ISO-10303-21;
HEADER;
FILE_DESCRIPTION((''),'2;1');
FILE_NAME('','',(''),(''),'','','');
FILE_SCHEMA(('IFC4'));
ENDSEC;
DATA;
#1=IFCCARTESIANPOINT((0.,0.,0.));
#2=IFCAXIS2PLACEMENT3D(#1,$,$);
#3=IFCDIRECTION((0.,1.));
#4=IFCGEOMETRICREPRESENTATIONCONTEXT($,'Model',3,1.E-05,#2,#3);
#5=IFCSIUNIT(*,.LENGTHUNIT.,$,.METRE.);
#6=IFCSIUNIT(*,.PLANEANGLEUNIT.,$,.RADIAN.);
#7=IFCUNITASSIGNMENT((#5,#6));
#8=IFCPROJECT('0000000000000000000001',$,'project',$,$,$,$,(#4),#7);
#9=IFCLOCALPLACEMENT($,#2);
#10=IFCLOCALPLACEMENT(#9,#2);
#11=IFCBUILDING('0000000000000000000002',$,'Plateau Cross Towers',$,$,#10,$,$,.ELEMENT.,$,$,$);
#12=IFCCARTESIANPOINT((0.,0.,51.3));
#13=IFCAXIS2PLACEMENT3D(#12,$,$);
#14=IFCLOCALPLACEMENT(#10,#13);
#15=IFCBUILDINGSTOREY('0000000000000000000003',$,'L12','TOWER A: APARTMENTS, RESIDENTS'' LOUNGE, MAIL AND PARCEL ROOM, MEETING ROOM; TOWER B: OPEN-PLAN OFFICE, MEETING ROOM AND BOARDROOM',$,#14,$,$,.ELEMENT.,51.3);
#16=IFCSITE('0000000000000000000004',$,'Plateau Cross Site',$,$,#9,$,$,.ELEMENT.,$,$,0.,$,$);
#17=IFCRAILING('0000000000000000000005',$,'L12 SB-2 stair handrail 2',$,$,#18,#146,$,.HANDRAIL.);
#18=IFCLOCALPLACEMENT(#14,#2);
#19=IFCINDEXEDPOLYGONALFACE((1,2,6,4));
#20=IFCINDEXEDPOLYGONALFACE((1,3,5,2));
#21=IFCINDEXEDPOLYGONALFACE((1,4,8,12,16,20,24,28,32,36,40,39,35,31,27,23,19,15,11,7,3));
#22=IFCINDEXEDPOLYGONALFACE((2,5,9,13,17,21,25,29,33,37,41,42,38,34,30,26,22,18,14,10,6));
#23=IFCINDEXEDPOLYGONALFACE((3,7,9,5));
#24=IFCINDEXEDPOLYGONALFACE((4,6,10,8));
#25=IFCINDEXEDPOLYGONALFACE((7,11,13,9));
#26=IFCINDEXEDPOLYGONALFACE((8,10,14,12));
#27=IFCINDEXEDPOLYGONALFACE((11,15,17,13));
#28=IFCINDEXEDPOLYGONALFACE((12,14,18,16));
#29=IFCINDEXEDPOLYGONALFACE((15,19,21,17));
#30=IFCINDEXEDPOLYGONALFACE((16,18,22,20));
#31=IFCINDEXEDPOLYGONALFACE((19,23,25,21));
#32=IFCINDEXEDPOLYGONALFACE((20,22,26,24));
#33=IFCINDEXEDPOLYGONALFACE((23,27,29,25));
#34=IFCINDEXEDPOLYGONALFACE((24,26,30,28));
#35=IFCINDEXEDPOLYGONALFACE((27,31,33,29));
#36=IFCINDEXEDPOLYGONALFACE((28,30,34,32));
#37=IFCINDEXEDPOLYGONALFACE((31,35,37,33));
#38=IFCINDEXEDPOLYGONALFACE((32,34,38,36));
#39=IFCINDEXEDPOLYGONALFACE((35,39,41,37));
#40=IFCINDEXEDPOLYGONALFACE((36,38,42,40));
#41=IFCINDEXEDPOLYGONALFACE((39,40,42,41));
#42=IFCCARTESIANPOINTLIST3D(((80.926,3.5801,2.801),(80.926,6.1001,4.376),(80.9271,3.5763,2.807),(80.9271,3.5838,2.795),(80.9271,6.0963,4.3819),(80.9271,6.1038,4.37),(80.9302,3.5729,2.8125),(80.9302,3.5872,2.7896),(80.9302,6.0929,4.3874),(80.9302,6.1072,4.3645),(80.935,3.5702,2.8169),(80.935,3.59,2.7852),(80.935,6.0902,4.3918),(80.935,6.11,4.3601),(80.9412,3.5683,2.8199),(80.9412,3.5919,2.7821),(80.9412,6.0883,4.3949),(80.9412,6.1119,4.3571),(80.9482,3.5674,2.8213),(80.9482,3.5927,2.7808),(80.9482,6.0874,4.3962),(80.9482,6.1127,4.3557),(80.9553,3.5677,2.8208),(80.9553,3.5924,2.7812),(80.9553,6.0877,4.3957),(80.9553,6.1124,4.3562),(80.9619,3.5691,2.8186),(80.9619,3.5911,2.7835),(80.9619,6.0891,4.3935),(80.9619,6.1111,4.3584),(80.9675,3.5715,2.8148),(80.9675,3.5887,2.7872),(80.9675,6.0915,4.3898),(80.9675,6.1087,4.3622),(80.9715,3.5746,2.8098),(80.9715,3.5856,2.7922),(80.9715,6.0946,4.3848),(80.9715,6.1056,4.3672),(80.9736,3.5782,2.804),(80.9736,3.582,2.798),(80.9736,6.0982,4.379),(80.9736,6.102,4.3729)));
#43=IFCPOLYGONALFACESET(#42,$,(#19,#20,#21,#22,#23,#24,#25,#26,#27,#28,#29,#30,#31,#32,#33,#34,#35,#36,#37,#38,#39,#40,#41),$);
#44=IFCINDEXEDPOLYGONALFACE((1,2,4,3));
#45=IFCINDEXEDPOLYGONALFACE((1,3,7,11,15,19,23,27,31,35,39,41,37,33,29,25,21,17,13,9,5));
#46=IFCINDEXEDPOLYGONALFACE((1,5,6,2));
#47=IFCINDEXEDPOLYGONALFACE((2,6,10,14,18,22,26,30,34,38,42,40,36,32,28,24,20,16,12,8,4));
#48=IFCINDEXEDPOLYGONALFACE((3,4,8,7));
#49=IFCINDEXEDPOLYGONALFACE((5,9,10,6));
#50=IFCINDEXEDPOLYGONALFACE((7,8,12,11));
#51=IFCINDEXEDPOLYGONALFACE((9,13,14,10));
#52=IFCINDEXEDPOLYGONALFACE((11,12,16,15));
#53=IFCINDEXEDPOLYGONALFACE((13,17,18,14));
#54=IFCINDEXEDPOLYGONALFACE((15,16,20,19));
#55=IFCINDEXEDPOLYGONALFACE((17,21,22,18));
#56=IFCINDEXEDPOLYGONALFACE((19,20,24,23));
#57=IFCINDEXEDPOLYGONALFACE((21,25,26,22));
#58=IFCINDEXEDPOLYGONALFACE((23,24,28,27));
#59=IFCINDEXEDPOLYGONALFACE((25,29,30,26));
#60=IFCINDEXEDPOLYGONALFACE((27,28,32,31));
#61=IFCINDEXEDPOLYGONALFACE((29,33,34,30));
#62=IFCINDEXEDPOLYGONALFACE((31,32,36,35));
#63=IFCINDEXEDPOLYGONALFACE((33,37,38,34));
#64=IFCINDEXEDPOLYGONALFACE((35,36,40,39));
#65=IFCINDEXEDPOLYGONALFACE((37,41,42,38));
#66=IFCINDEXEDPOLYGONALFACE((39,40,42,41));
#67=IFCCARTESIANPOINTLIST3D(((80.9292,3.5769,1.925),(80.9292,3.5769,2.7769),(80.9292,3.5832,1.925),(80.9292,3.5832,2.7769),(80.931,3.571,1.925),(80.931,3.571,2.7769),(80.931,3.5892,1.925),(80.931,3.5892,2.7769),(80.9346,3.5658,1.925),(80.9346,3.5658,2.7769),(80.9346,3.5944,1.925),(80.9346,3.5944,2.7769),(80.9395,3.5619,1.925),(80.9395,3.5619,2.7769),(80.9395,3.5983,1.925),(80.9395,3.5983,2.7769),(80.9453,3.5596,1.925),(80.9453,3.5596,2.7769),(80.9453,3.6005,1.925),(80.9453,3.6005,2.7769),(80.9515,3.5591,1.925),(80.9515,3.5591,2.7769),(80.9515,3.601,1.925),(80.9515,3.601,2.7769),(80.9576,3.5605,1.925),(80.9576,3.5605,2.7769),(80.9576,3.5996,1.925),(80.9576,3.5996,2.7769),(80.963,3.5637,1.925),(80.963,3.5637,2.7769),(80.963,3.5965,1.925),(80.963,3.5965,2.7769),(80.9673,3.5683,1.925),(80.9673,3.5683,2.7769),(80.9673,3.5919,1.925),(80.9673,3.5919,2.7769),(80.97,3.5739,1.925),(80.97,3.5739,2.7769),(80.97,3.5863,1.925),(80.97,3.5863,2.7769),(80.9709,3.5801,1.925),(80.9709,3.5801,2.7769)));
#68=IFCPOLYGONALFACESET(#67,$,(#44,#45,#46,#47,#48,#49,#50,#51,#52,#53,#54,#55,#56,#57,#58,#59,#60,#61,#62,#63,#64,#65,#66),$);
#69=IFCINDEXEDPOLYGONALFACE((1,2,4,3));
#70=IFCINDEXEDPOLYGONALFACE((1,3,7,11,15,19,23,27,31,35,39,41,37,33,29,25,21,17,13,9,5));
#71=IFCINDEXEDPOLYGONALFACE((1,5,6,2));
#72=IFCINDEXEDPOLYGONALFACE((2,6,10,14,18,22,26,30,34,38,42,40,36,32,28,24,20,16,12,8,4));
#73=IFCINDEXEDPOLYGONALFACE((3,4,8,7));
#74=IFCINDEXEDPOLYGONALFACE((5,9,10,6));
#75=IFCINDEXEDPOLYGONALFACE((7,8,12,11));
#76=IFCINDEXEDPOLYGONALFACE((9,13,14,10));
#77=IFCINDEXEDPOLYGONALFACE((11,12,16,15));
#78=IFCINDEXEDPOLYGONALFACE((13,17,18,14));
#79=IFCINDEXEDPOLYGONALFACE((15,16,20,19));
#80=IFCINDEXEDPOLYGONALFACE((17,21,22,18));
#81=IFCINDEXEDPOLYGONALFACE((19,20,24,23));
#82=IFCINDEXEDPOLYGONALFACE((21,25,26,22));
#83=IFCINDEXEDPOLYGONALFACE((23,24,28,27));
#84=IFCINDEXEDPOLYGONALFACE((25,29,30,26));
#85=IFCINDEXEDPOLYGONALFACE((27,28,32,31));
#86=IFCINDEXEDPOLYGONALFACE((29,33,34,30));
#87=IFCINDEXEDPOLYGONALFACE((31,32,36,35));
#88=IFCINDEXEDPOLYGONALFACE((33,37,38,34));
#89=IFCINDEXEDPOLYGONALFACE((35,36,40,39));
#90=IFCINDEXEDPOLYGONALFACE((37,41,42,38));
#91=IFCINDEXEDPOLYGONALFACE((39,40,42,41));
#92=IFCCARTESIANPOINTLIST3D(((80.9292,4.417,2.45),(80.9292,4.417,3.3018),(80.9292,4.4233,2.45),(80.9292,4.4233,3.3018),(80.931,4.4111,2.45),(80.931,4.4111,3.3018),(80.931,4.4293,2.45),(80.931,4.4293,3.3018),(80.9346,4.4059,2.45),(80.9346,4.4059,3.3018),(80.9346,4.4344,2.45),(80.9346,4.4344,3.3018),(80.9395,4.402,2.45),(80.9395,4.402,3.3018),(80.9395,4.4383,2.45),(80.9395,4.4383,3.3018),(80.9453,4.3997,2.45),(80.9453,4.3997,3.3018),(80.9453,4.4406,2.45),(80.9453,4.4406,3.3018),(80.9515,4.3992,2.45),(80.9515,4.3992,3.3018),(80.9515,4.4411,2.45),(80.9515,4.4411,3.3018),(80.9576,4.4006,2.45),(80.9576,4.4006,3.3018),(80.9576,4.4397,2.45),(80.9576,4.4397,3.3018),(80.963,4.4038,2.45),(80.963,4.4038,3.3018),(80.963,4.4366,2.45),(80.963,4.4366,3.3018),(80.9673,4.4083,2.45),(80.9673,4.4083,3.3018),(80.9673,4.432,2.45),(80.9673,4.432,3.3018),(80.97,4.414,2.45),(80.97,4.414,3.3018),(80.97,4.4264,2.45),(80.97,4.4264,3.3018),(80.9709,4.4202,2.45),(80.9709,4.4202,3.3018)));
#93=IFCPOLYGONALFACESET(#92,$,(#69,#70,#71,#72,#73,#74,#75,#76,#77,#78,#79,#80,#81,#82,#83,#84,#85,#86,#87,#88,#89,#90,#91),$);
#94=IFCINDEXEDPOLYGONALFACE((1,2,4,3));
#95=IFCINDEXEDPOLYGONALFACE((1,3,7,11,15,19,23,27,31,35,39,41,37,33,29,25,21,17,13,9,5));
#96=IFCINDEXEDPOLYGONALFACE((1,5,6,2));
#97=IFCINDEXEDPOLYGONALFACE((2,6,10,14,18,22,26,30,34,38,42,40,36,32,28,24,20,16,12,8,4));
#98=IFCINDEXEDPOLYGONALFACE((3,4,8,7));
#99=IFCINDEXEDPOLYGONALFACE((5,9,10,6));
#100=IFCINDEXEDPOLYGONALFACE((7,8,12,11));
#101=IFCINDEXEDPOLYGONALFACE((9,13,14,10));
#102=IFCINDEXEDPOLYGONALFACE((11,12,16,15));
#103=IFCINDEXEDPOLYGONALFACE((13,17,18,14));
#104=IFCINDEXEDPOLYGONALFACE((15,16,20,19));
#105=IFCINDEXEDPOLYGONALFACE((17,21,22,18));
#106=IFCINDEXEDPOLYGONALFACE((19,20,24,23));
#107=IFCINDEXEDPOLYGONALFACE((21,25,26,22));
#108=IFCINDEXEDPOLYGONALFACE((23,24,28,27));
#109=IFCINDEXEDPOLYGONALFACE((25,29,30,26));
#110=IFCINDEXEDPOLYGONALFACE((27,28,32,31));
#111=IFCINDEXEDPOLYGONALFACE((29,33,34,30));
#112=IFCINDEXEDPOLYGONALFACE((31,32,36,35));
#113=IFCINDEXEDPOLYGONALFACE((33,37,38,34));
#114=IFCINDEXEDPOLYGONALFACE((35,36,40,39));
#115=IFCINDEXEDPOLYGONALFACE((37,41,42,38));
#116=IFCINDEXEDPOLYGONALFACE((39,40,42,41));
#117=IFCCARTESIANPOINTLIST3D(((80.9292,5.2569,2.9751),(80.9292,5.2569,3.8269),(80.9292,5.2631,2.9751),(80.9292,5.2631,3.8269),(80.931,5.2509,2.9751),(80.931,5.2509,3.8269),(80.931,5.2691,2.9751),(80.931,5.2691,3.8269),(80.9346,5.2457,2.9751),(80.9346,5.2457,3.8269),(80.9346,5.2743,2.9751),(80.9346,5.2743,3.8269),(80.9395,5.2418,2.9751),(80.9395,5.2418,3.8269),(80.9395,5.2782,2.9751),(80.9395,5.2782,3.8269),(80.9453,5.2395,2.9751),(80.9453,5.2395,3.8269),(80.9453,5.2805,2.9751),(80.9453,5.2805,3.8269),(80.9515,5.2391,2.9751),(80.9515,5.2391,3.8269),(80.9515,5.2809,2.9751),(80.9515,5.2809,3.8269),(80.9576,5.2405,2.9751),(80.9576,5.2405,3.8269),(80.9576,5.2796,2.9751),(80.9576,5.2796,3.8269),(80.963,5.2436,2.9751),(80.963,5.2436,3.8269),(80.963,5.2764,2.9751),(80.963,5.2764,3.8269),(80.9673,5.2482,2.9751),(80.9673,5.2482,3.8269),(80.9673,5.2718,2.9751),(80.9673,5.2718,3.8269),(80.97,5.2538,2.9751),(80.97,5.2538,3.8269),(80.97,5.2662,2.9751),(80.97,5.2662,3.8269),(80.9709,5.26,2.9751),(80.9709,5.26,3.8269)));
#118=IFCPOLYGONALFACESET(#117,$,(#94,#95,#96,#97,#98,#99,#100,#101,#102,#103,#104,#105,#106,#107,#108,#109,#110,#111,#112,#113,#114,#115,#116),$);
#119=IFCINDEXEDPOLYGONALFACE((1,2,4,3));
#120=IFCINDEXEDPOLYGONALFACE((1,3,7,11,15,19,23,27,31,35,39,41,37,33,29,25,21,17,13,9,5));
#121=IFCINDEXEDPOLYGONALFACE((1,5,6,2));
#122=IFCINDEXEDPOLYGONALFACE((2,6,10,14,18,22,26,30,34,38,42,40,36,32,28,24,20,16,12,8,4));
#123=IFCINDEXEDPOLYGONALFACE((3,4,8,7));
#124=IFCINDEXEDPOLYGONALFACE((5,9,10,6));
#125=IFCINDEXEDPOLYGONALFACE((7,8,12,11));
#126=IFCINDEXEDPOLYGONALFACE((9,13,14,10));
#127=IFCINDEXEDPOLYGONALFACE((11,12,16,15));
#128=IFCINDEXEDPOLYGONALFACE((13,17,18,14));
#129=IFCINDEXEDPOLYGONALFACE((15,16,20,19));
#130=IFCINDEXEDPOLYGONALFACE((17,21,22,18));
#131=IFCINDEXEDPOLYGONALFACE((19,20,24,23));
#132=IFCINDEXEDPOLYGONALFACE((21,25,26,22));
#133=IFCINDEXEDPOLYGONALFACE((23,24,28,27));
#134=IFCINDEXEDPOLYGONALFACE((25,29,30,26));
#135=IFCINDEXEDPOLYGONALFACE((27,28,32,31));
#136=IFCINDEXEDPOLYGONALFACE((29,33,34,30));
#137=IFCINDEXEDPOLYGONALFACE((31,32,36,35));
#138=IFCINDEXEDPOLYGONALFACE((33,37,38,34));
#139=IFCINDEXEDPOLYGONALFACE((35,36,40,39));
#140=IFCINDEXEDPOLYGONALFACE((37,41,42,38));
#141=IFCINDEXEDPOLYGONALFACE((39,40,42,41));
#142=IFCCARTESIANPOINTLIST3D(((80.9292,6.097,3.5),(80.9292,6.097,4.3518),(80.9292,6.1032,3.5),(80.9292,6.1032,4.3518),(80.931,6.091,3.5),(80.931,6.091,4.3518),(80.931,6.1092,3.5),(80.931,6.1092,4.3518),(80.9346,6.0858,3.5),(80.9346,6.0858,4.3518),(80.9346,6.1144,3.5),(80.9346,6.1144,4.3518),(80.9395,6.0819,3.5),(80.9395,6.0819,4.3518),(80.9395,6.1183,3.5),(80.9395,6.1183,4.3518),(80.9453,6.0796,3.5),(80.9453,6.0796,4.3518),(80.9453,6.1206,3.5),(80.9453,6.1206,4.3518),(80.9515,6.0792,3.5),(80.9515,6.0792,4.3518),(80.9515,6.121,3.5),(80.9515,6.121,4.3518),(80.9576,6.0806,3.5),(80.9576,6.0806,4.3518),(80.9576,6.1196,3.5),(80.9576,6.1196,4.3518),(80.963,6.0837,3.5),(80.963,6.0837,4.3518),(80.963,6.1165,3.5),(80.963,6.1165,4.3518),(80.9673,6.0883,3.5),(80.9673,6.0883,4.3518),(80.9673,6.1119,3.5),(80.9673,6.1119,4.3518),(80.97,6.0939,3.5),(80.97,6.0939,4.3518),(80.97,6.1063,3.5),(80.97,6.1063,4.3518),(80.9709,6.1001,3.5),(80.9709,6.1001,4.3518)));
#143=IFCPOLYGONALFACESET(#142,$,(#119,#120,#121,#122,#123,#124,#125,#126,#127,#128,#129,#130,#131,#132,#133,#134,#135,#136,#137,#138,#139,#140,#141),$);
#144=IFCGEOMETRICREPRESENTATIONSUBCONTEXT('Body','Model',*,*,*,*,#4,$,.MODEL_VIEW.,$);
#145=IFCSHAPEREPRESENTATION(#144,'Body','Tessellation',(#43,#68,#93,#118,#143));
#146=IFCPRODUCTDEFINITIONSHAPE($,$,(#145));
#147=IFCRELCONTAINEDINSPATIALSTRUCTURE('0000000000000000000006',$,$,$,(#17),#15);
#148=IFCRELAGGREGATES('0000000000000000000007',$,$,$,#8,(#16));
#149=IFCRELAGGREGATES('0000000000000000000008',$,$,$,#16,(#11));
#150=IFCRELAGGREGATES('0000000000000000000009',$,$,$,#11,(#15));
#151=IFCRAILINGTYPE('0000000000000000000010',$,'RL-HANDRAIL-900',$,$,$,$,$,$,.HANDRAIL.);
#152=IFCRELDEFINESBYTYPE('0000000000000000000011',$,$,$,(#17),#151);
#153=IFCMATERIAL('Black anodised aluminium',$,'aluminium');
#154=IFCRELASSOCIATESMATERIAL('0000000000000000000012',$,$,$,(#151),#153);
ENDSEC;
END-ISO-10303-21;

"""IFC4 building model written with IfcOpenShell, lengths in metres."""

from ifc_helpers import new_model, si_unit, direction, frame, origin, origin_2d, place, context, subcontext, project, spatial, circle, extrude, material, type_object, element, save


model = new_model("IFC4")

# Units and contexts
model_context = context("Model", 3, precision=1e-05, world=origin(), true_north=direction((0.0, 1.0)))
body_context = subcontext(model_context, "Body", "Model", "MODEL_VIEW")
ifc_project = project(units=[si_unit("LENGTHUNIT", "METRE"), si_unit("PLANEANGLEUNIT", "RADIAN")], contexts=[model_context])

# Site, building, storey
site_placement = place(None, origin())
site = spatial("IfcSite", under=ifc_project, at=site_placement, Name="Plateau Cross Site", CompositionType="ELEMENT", RefElevation=0.0)
building_placement = place(site_placement, origin())
building = spatial("IfcBuilding", under=site, at=building_placement, Name="Plateau Cross Towers", CompositionType="ELEMENT")
storey_placement = place(building_placement, frame((0.0, 0.0, 51.3)))
storey = spatial("IfcBuildingStorey", under=building, at=storey_placement, Name="L12", Description="TOWER A: APARTMENTS, RESIDENTS' LOUNGE, MAIL AND PARCEL ROOM, MEETING ROOM; TOWER B: OPEN-PLAN OFFICE, MEETING ROOM AND BOARDROOM", CompositionType="ELEMENT", Elevation=51.3)

# Shared definitions
ifc_material_1 = material(Name="Black anodised aluminium", Category="aluminium")

# Railing
railing_type_1 = type_object("IfcRailingType", Name="RL-HANDRAIL-900", PredefinedType="HANDRAIL", material=ifc_material_1)
railing_1_placement = place(storey_placement, frame((80.95, 3.5801, 1.925)))
element("IfcRailing", 1, at=railing_1_placement, inside=storey, type_object=railing_type_1, Name="L12 SB-2 stair handrail 2", PredefinedType="HANDRAIL", context=body_context, shape_type="SweptSolid", body=[
    extrude(circle(Radius=0.0239, at=origin_2d()), frame((0.0, 0.0, 0.876), z_axis=(0.0, 0.848008, 0.529984), x_axis=(-1.0, 0.0, 0.0)), (0.0, 0.0, 1.0), 2.9717),
    extrude(circle(Radius=0.021, at=origin_2d()), origin(), (0.0, 0.0, 1.0), 0.8518),
    extrude(circle(Radius=0.021, at=origin_2d()), frame((0.0, 0.8401, 0.5249)), (0.0, 0.0, 1.0), 0.8518),
    extrude(circle(Radius=0.021, at=origin_2d()), frame((0.0, 1.6799, 1.05)), (0.0, 0.0, 1.0), 0.8518),
    extrude(circle(Radius=0.021, at=origin_2d()), frame((0.0, 2.52, 1.575)), (0.0, 0.0, 1.0), 0.8518),
])

save(model, "model.ifc")
